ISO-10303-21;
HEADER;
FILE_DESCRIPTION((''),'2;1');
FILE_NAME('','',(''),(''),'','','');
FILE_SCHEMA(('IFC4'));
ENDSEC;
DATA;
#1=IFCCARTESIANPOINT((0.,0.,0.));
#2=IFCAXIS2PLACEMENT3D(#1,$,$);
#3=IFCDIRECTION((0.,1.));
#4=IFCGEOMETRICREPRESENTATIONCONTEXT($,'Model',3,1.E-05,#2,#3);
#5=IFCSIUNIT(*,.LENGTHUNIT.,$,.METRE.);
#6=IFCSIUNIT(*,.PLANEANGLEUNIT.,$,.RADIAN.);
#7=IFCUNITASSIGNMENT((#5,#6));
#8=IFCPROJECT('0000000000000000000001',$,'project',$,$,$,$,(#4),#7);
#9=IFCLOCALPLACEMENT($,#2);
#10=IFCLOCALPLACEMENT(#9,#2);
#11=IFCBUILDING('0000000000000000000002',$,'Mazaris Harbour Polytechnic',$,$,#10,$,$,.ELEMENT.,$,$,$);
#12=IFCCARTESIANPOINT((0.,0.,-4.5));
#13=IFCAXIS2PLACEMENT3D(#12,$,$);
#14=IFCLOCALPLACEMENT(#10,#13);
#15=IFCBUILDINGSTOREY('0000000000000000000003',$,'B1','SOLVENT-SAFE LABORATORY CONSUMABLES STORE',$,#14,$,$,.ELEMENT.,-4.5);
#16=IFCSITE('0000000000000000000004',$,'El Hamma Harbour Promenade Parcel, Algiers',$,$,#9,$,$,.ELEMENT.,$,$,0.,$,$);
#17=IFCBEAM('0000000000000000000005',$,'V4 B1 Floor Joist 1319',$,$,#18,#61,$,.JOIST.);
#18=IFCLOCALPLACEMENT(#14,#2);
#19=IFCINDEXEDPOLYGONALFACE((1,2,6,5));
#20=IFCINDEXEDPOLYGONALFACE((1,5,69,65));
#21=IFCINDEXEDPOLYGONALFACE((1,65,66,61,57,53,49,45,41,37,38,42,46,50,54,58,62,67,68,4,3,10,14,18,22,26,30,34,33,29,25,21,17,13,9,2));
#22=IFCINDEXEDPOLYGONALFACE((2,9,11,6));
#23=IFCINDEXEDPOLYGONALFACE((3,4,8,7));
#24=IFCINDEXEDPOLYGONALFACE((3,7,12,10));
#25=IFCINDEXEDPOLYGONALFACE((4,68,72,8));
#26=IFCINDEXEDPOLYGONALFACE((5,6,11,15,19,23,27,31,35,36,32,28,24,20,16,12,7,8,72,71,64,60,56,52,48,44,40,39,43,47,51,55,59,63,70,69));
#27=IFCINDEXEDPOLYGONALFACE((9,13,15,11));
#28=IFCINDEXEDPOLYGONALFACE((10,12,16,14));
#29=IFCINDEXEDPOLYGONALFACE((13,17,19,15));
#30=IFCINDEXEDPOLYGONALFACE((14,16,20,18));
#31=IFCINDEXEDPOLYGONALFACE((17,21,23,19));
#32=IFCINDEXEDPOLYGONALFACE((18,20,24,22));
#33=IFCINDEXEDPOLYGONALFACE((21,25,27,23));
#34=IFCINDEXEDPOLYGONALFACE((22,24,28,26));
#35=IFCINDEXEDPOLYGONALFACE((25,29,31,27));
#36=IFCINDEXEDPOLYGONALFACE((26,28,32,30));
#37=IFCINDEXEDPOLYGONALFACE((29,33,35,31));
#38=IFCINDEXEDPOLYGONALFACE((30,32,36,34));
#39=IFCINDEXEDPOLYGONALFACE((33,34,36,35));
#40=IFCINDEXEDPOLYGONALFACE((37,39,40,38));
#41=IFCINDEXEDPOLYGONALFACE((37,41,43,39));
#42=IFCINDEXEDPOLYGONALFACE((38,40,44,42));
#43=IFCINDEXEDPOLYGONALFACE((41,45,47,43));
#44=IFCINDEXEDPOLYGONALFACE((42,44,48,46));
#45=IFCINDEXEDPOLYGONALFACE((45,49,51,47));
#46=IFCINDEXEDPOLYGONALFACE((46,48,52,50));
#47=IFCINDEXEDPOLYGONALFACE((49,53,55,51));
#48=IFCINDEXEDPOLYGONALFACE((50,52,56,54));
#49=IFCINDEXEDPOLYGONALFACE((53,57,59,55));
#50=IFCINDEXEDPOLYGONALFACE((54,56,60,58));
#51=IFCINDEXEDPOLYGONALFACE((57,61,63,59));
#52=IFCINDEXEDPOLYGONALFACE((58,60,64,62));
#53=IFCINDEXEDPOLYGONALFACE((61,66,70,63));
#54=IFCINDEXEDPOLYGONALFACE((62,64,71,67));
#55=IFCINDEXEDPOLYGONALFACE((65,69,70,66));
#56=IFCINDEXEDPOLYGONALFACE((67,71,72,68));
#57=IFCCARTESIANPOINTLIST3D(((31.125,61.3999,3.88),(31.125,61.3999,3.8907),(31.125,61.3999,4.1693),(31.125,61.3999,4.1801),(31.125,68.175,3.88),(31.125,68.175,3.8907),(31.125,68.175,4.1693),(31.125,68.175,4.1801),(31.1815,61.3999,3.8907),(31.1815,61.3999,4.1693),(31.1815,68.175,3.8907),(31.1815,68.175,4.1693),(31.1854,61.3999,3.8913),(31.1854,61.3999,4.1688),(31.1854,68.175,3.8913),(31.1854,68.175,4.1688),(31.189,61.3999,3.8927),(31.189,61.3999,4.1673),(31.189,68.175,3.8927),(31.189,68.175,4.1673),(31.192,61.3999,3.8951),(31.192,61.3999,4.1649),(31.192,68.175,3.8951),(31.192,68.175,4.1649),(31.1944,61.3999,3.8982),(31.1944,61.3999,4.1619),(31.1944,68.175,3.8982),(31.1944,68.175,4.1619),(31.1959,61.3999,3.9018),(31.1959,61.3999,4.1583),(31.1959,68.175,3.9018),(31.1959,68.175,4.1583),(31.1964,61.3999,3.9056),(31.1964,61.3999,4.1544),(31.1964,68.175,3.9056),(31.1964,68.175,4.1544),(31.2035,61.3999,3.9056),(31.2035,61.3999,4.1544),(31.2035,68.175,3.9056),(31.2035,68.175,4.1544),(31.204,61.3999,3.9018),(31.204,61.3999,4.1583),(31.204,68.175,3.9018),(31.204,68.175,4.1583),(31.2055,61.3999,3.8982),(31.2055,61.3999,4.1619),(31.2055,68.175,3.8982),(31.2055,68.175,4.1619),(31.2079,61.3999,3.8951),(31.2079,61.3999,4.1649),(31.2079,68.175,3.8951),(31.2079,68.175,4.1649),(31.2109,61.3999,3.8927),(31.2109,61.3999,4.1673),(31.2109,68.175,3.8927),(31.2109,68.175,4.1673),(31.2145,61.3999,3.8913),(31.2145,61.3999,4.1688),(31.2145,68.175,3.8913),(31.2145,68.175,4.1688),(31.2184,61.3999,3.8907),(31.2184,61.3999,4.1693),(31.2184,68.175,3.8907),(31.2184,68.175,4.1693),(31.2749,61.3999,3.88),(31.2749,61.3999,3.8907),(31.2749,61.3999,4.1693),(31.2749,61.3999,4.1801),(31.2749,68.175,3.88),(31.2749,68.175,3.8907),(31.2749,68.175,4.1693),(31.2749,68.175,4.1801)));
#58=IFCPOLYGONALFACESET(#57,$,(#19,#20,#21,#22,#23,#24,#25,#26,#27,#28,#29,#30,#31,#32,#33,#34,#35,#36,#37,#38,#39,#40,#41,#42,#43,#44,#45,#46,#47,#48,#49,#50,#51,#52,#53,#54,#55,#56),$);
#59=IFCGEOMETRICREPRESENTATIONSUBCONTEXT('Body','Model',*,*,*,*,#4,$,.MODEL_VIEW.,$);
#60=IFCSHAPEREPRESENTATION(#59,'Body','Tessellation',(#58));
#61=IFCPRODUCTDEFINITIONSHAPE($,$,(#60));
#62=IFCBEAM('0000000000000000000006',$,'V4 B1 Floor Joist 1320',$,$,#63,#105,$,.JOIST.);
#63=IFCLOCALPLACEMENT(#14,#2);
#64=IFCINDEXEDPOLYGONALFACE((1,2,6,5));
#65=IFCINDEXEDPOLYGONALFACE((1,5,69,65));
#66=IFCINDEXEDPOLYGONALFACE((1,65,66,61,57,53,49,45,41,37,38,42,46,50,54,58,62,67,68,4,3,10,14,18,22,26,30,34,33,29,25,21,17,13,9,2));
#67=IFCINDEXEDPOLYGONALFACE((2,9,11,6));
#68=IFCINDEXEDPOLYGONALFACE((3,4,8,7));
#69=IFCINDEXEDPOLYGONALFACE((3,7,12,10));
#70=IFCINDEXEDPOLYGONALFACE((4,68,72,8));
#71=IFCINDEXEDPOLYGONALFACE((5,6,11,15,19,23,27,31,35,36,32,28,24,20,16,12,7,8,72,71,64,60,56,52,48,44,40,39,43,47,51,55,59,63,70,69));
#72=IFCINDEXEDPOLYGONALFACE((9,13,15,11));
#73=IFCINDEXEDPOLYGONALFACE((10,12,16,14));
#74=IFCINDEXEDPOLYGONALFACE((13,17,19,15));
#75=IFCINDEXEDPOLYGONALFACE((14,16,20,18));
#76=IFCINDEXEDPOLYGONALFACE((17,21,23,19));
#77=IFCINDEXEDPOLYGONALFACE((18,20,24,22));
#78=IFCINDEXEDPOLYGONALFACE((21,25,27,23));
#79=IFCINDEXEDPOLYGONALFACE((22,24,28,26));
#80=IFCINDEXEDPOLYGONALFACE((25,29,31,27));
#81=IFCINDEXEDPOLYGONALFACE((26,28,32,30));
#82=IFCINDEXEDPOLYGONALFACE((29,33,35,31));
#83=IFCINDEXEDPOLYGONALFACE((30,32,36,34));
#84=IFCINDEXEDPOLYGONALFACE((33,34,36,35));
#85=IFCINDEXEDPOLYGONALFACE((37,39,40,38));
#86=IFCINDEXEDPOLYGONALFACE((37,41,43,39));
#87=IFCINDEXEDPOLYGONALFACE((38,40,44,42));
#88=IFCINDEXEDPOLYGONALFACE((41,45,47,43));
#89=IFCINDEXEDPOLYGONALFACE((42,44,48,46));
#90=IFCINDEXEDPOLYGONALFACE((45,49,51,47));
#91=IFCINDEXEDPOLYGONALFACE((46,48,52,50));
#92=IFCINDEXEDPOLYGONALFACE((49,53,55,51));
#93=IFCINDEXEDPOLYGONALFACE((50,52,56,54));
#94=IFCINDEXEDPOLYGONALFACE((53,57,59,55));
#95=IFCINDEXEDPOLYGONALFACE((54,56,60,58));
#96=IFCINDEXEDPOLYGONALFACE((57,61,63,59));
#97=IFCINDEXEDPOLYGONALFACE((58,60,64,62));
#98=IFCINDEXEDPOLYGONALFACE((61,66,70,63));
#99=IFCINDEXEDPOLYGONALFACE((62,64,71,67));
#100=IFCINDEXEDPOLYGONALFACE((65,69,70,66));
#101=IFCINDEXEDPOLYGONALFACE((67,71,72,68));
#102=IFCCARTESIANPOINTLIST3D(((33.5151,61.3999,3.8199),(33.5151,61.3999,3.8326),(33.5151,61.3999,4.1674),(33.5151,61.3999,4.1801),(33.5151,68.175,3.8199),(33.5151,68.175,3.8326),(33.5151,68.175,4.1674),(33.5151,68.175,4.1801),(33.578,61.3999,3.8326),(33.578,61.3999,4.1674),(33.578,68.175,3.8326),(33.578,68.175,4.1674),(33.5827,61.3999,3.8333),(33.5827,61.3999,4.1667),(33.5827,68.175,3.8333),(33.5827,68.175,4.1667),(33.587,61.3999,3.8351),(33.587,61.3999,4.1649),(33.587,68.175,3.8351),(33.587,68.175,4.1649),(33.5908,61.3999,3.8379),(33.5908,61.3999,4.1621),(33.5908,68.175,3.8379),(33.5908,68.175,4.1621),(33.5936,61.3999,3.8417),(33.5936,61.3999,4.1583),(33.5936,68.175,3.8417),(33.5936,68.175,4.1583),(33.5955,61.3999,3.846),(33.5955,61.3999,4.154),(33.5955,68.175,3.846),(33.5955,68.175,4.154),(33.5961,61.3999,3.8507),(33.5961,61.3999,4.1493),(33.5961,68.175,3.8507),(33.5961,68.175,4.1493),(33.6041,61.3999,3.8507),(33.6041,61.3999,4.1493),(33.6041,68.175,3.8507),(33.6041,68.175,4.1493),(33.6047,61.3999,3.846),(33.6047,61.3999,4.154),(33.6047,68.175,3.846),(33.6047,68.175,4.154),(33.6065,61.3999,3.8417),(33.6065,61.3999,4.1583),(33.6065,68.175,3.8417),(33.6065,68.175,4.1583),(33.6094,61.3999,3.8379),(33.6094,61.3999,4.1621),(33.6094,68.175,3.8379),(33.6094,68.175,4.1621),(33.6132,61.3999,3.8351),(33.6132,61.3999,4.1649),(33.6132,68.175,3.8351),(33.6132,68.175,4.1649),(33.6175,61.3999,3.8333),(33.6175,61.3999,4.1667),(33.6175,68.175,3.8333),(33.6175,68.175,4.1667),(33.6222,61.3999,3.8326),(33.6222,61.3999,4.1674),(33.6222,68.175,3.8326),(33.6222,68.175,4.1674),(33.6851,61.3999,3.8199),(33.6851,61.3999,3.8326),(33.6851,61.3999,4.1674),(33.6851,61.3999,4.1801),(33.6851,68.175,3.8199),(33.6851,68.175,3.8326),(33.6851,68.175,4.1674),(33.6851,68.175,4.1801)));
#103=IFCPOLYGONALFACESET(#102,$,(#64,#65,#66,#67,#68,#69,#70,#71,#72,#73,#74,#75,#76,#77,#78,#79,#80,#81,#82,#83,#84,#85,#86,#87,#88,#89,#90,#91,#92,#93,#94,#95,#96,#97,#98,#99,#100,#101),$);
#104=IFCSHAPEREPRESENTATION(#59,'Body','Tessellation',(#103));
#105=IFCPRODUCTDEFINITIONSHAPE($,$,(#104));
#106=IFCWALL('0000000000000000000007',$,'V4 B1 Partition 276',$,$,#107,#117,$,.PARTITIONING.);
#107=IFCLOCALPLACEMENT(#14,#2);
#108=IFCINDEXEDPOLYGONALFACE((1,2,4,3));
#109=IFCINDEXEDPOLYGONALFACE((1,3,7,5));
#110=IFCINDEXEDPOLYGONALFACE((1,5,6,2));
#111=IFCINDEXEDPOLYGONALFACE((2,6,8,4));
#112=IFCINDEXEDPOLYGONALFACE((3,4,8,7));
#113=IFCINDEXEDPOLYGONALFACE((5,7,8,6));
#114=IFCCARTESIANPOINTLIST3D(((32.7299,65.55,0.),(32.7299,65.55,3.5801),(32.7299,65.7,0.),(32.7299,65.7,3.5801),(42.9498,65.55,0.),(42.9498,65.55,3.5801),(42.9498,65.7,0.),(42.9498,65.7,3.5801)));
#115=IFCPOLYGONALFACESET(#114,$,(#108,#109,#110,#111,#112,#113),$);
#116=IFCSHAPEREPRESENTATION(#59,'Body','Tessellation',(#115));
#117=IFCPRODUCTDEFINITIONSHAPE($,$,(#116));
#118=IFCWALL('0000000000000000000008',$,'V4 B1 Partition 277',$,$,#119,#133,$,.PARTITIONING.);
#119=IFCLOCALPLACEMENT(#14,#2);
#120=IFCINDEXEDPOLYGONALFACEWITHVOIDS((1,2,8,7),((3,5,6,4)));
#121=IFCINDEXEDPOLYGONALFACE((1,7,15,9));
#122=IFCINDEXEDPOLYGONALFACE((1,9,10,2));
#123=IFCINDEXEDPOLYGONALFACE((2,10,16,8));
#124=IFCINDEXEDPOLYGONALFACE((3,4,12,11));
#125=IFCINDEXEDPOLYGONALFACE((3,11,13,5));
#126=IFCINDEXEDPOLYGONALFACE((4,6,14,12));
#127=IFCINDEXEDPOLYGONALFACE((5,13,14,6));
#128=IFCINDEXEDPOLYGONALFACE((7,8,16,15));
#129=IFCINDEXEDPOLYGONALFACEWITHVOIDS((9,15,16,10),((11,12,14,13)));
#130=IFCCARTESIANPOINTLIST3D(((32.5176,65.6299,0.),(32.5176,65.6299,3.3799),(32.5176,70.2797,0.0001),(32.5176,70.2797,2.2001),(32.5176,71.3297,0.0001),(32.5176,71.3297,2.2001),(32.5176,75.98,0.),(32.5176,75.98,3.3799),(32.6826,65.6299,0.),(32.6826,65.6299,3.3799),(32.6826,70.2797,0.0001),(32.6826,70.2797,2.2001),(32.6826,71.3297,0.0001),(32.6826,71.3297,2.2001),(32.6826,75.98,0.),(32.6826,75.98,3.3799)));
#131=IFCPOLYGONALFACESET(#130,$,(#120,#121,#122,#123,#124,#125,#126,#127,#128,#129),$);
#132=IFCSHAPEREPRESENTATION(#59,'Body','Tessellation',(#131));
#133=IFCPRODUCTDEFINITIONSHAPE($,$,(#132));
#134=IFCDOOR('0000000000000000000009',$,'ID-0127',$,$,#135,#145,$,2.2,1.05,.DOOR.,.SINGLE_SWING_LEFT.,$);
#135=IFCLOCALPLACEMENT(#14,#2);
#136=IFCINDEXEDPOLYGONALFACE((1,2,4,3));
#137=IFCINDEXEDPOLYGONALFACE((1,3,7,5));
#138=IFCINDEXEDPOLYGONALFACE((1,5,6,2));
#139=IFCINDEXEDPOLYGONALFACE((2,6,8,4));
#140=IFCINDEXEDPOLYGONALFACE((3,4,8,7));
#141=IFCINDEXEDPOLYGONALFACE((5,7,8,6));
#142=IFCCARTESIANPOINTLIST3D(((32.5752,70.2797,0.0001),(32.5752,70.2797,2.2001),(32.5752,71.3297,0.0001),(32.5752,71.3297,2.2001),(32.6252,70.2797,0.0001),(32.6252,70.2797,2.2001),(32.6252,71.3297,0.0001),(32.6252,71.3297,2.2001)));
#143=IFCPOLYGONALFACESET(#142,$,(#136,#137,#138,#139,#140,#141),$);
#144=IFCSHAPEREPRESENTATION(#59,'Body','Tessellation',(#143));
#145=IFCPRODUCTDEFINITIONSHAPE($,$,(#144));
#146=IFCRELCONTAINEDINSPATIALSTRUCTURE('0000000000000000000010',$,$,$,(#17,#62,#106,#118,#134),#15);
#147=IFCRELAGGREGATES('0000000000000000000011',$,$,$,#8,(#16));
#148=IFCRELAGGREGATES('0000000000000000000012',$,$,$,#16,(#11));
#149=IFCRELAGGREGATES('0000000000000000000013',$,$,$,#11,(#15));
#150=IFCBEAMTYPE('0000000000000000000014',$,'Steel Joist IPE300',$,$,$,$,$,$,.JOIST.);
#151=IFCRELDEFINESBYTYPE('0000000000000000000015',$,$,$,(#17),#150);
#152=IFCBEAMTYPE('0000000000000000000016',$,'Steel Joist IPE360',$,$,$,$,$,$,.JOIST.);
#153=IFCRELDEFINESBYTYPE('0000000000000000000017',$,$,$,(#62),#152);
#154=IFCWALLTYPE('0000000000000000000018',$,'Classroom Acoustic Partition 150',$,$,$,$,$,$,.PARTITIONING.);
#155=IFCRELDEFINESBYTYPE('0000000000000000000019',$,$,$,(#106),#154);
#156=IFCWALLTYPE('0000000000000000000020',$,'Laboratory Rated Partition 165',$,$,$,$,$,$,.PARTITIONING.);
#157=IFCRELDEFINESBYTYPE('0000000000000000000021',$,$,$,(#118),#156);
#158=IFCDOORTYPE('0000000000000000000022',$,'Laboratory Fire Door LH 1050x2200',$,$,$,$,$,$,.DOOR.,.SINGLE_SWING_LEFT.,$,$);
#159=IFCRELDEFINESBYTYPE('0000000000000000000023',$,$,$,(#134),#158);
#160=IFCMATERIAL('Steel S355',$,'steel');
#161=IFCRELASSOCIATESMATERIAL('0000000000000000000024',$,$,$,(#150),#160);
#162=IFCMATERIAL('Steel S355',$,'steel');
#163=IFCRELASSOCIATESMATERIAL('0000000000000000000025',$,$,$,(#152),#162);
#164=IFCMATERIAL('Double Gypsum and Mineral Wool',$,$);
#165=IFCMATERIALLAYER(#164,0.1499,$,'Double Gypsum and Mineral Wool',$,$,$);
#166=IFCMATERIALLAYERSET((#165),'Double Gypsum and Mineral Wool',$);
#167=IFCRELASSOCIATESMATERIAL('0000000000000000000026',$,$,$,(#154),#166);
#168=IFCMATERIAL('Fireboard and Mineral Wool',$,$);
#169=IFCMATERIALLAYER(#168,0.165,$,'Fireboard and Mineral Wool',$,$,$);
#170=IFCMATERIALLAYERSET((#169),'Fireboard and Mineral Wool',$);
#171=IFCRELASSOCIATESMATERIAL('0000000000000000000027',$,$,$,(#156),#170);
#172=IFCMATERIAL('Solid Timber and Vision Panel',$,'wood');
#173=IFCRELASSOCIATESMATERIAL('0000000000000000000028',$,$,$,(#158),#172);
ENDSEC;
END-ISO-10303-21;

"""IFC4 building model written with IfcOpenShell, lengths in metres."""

from ifc_helpers import new_model, si_unit, direction, frame, frame_2d, origin, origin_2d, place, context, subcontext, project, spatial, rectangle, i_section, extrude, material, layer, layer_set, material_profile, profile_set, type_object, element, fill, save


model = new_model("IFC4")

# Units and contexts
model_context = context("Model", 3, precision=1e-05, world=origin(), true_north=direction((0.0, 1.0)))
body_context = subcontext(model_context, "Body", "Model", "MODEL_VIEW")
ifc_project = project(units=[si_unit("LENGTHUNIT", "METRE"), si_unit("PLANEANGLEUNIT", "RADIAN")], contexts=[model_context])

# Site, building, storey
site_placement = place(None, origin())
site = spatial("IfcSite", under=ifc_project, at=site_placement, Name="El Hamma Harbour Promenade Parcel, Algiers", CompositionType="ELEMENT", RefElevation=0.0)
building_placement = place(site_placement, origin())
building = spatial("IfcBuilding", under=site, at=building_placement, Name="Mazaris Harbour Polytechnic", CompositionType="ELEMENT")
storey_placement = place(building_placement, frame((0.0, 0.0, -4.5)))
storey = spatial("IfcBuildingStorey", under=building, at=storey_placement, Name="B1", Description="SOLVENT-SAFE LABORATORY CONSUMABLES STORE", CompositionType="ELEMENT", Elevation=-4.5)

# Beams
ifc_material_1 = material(Name="Steel S355", Category="steel")
ifc_material_profile_1 = material_profile(ifc_material_1, i_section(OverallWidth=0.1499, OverallDepth=0.3, WebThickness=0.0071, FlangeThickness=0.0107, FilletRadius=0.0149, at=origin_2d()), Name="IPE 300")
ifc_profile_set_1 = profile_set([ifc_material_profile_1], Name="Steel S355")
beam_type_1 = type_object("IfcBeamType", Name="Steel Joist IPE300", PredefinedType="JOIST", material=ifc_profile_set_1)
beam_1_placement = place(storey_placement, frame((31.2, 61.3999, 4.03), z_axis=(0.0, 1.0, 0.0), x_axis=(-1.0, 0.0, 0.0)))
element("IfcBeam", 1, at=beam_1_placement, inside=storey, type_object=beam_type_1, Name="V4 B1 Floor Joist 1319", PredefinedType="JOIST", context=body_context, shape_type="SweptSolid", body=[
    extrude(i_section(OverallWidth=0.1499, OverallDepth=0.3, WebThickness=0.0071, FlangeThickness=0.0107, FilletRadius=0.0149, at=origin_2d()), origin(), (0.0, 0.0, 1.0), 6.7751),
])
ifc_material_2 = material(Name="Steel S355", Category="steel")
ifc_material_profile_2 = material_profile(ifc_material_2, i_section(OverallWidth=0.1699, OverallDepth=0.3601, WebThickness=0.0081, FlangeThickness=0.0127, FilletRadius=0.0181, at=origin_2d()), Name="IPE 360")
ifc_profile_set_2 = profile_set([ifc_material_profile_2], Name="Steel S355")
beam_type_2 = type_object("IfcBeamType", Name="Steel Joist IPE360", PredefinedType="JOIST", material=ifc_profile_set_2)
beam_2_placement = place(storey_placement, frame((33.6001, 61.3999, 4.0), z_axis=(0.0, 1.0, 0.0), x_axis=(-1.0, 0.0, 0.0)))
element("IfcBeam", 2, at=beam_2_placement, inside=storey, type_object=beam_type_2, Name="V4 B1 Floor Joist 1320", PredefinedType="JOIST", context=body_context, shape_type="SweptSolid", body=[
    extrude(i_section(OverallWidth=0.1699, OverallDepth=0.3601, WebThickness=0.0081, FlangeThickness=0.0127, FilletRadius=0.0181, at=origin_2d()), origin(), (0.0, 0.0, 1.0), 6.7751),
])

# Wall
ifc_material_3 = material(Name="Double Gypsum and Mineral Wool")
ifc_layer_1 = layer(ifc_material_3, 0.1499, Name="Double Gypsum and Mineral Wool")
ifc_layer_set_1 = layer_set([ifc_layer_1], Name="Double Gypsum and Mineral Wool")
wall_type_1 = type_object("IfcWallType", Name="Classroom Acoustic Partition 150", PredefinedType="PARTITIONING", material=ifc_layer_set_1)
wall_1_placement = place(storey_placement, frame((32.73, 65.625, 0.0), z_axis=(0.0, 0.0, 1.0), x_axis=(1.0, 0.0, 0.0)))
element("IfcWall", 3, at=wall_1_placement, inside=storey, type_object=wall_type_1, Name="V4 B1 Partition 276", PredefinedType="PARTITIONING", context=body_context, shape_type="SweptSolid", body=[
    extrude(rectangle(XDim=10.22, YDim=0.1499, at=frame_2d((5.1099, 0.0))), origin(), (0.0, 0.0, 1.0), 3.5801),
])

# Wall, opening, door
ifc_material_4 = material(Name="Fireboard and Mineral Wool")
ifc_layer_2 = layer(ifc_material_4, 0.165, Name="Fireboard and Mineral Wool")
ifc_layer_set_2 = layer_set([ifc_layer_2], Name="Fireboard and Mineral Wool")
wall_type_2 = type_object("IfcWallType", Name="Laboratory Rated Partition 165", PredefinedType="PARTITIONING", material=ifc_layer_set_2)
wall_2_placement = place(storey_placement, frame((32.6001, 65.6299, 0.0), z_axis=(0.0, 0.0, 1.0), x_axis=(0.0, 1.0, 0.0)))
wall_2 = element("IfcWall", 4, at=wall_2_placement, inside=storey, type_object=wall_type_2, Name="V4 B1 Partition 277", PredefinedType="PARTITIONING", context=body_context, shape_type="SweptSolid", body=[
    extrude(rectangle(XDim=10.3501, YDim=0.165, at=frame_2d((5.175, 0.0))), origin(), (0.0, 0.0, 1.0), 3.3799),
])
opening_placement = place(wall_2_placement, frame((4.6499, 0.0, 0.0)))
opening = element("IfcOpeningElement", 5, at=opening_placement, cuts=wall_2, PredefinedType="OPENING", context=body_context, shape_type="SweptSolid", body=[
    extrude(rectangle(XDim=1.05, YDim=2.2, at=frame_2d((0.5249, 1.1001))), frame((0.0, 0.0925, 0.0), z_axis=(0.0, -1.0, 0.0), x_axis=(1.0, 0.0, 0.0)), (0.0, 0.0, 1.0), 0.1851),
])
ifc_material_5 = material(Name="Solid Timber and Vision Panel", Category="wood")
door_type = type_object("IfcDoorType", Name="Laboratory Fire Door LH 1050x2200", OperationType="SINGLE_SWING_LEFT", PredefinedType="DOOR", material=ifc_material_5)
door_placement = place(opening_placement, origin())
door = element("IfcDoor", 6, at=door_placement, inside=storey, type_object=door_type, Name="ID-0127", OperationType="SINGLE_SWING_LEFT", OverallHeight=2.2, OverallWidth=1.05, PredefinedType="DOOR", context=body_context, shape_type="SweptSolid", body=[
    extrude(rectangle(XDim=1.05, YDim=2.2, at=frame_2d((0.5249, 1.1001))), frame((0.0, 0.0249, 0.0), z_axis=(0.0, -1.0, 0.0), x_axis=(1.0, 0.0, 0.0)), (0.0, 0.0, 1.0), 0.05),
])
fill(opening, door)

save(model, "model.ifc")
